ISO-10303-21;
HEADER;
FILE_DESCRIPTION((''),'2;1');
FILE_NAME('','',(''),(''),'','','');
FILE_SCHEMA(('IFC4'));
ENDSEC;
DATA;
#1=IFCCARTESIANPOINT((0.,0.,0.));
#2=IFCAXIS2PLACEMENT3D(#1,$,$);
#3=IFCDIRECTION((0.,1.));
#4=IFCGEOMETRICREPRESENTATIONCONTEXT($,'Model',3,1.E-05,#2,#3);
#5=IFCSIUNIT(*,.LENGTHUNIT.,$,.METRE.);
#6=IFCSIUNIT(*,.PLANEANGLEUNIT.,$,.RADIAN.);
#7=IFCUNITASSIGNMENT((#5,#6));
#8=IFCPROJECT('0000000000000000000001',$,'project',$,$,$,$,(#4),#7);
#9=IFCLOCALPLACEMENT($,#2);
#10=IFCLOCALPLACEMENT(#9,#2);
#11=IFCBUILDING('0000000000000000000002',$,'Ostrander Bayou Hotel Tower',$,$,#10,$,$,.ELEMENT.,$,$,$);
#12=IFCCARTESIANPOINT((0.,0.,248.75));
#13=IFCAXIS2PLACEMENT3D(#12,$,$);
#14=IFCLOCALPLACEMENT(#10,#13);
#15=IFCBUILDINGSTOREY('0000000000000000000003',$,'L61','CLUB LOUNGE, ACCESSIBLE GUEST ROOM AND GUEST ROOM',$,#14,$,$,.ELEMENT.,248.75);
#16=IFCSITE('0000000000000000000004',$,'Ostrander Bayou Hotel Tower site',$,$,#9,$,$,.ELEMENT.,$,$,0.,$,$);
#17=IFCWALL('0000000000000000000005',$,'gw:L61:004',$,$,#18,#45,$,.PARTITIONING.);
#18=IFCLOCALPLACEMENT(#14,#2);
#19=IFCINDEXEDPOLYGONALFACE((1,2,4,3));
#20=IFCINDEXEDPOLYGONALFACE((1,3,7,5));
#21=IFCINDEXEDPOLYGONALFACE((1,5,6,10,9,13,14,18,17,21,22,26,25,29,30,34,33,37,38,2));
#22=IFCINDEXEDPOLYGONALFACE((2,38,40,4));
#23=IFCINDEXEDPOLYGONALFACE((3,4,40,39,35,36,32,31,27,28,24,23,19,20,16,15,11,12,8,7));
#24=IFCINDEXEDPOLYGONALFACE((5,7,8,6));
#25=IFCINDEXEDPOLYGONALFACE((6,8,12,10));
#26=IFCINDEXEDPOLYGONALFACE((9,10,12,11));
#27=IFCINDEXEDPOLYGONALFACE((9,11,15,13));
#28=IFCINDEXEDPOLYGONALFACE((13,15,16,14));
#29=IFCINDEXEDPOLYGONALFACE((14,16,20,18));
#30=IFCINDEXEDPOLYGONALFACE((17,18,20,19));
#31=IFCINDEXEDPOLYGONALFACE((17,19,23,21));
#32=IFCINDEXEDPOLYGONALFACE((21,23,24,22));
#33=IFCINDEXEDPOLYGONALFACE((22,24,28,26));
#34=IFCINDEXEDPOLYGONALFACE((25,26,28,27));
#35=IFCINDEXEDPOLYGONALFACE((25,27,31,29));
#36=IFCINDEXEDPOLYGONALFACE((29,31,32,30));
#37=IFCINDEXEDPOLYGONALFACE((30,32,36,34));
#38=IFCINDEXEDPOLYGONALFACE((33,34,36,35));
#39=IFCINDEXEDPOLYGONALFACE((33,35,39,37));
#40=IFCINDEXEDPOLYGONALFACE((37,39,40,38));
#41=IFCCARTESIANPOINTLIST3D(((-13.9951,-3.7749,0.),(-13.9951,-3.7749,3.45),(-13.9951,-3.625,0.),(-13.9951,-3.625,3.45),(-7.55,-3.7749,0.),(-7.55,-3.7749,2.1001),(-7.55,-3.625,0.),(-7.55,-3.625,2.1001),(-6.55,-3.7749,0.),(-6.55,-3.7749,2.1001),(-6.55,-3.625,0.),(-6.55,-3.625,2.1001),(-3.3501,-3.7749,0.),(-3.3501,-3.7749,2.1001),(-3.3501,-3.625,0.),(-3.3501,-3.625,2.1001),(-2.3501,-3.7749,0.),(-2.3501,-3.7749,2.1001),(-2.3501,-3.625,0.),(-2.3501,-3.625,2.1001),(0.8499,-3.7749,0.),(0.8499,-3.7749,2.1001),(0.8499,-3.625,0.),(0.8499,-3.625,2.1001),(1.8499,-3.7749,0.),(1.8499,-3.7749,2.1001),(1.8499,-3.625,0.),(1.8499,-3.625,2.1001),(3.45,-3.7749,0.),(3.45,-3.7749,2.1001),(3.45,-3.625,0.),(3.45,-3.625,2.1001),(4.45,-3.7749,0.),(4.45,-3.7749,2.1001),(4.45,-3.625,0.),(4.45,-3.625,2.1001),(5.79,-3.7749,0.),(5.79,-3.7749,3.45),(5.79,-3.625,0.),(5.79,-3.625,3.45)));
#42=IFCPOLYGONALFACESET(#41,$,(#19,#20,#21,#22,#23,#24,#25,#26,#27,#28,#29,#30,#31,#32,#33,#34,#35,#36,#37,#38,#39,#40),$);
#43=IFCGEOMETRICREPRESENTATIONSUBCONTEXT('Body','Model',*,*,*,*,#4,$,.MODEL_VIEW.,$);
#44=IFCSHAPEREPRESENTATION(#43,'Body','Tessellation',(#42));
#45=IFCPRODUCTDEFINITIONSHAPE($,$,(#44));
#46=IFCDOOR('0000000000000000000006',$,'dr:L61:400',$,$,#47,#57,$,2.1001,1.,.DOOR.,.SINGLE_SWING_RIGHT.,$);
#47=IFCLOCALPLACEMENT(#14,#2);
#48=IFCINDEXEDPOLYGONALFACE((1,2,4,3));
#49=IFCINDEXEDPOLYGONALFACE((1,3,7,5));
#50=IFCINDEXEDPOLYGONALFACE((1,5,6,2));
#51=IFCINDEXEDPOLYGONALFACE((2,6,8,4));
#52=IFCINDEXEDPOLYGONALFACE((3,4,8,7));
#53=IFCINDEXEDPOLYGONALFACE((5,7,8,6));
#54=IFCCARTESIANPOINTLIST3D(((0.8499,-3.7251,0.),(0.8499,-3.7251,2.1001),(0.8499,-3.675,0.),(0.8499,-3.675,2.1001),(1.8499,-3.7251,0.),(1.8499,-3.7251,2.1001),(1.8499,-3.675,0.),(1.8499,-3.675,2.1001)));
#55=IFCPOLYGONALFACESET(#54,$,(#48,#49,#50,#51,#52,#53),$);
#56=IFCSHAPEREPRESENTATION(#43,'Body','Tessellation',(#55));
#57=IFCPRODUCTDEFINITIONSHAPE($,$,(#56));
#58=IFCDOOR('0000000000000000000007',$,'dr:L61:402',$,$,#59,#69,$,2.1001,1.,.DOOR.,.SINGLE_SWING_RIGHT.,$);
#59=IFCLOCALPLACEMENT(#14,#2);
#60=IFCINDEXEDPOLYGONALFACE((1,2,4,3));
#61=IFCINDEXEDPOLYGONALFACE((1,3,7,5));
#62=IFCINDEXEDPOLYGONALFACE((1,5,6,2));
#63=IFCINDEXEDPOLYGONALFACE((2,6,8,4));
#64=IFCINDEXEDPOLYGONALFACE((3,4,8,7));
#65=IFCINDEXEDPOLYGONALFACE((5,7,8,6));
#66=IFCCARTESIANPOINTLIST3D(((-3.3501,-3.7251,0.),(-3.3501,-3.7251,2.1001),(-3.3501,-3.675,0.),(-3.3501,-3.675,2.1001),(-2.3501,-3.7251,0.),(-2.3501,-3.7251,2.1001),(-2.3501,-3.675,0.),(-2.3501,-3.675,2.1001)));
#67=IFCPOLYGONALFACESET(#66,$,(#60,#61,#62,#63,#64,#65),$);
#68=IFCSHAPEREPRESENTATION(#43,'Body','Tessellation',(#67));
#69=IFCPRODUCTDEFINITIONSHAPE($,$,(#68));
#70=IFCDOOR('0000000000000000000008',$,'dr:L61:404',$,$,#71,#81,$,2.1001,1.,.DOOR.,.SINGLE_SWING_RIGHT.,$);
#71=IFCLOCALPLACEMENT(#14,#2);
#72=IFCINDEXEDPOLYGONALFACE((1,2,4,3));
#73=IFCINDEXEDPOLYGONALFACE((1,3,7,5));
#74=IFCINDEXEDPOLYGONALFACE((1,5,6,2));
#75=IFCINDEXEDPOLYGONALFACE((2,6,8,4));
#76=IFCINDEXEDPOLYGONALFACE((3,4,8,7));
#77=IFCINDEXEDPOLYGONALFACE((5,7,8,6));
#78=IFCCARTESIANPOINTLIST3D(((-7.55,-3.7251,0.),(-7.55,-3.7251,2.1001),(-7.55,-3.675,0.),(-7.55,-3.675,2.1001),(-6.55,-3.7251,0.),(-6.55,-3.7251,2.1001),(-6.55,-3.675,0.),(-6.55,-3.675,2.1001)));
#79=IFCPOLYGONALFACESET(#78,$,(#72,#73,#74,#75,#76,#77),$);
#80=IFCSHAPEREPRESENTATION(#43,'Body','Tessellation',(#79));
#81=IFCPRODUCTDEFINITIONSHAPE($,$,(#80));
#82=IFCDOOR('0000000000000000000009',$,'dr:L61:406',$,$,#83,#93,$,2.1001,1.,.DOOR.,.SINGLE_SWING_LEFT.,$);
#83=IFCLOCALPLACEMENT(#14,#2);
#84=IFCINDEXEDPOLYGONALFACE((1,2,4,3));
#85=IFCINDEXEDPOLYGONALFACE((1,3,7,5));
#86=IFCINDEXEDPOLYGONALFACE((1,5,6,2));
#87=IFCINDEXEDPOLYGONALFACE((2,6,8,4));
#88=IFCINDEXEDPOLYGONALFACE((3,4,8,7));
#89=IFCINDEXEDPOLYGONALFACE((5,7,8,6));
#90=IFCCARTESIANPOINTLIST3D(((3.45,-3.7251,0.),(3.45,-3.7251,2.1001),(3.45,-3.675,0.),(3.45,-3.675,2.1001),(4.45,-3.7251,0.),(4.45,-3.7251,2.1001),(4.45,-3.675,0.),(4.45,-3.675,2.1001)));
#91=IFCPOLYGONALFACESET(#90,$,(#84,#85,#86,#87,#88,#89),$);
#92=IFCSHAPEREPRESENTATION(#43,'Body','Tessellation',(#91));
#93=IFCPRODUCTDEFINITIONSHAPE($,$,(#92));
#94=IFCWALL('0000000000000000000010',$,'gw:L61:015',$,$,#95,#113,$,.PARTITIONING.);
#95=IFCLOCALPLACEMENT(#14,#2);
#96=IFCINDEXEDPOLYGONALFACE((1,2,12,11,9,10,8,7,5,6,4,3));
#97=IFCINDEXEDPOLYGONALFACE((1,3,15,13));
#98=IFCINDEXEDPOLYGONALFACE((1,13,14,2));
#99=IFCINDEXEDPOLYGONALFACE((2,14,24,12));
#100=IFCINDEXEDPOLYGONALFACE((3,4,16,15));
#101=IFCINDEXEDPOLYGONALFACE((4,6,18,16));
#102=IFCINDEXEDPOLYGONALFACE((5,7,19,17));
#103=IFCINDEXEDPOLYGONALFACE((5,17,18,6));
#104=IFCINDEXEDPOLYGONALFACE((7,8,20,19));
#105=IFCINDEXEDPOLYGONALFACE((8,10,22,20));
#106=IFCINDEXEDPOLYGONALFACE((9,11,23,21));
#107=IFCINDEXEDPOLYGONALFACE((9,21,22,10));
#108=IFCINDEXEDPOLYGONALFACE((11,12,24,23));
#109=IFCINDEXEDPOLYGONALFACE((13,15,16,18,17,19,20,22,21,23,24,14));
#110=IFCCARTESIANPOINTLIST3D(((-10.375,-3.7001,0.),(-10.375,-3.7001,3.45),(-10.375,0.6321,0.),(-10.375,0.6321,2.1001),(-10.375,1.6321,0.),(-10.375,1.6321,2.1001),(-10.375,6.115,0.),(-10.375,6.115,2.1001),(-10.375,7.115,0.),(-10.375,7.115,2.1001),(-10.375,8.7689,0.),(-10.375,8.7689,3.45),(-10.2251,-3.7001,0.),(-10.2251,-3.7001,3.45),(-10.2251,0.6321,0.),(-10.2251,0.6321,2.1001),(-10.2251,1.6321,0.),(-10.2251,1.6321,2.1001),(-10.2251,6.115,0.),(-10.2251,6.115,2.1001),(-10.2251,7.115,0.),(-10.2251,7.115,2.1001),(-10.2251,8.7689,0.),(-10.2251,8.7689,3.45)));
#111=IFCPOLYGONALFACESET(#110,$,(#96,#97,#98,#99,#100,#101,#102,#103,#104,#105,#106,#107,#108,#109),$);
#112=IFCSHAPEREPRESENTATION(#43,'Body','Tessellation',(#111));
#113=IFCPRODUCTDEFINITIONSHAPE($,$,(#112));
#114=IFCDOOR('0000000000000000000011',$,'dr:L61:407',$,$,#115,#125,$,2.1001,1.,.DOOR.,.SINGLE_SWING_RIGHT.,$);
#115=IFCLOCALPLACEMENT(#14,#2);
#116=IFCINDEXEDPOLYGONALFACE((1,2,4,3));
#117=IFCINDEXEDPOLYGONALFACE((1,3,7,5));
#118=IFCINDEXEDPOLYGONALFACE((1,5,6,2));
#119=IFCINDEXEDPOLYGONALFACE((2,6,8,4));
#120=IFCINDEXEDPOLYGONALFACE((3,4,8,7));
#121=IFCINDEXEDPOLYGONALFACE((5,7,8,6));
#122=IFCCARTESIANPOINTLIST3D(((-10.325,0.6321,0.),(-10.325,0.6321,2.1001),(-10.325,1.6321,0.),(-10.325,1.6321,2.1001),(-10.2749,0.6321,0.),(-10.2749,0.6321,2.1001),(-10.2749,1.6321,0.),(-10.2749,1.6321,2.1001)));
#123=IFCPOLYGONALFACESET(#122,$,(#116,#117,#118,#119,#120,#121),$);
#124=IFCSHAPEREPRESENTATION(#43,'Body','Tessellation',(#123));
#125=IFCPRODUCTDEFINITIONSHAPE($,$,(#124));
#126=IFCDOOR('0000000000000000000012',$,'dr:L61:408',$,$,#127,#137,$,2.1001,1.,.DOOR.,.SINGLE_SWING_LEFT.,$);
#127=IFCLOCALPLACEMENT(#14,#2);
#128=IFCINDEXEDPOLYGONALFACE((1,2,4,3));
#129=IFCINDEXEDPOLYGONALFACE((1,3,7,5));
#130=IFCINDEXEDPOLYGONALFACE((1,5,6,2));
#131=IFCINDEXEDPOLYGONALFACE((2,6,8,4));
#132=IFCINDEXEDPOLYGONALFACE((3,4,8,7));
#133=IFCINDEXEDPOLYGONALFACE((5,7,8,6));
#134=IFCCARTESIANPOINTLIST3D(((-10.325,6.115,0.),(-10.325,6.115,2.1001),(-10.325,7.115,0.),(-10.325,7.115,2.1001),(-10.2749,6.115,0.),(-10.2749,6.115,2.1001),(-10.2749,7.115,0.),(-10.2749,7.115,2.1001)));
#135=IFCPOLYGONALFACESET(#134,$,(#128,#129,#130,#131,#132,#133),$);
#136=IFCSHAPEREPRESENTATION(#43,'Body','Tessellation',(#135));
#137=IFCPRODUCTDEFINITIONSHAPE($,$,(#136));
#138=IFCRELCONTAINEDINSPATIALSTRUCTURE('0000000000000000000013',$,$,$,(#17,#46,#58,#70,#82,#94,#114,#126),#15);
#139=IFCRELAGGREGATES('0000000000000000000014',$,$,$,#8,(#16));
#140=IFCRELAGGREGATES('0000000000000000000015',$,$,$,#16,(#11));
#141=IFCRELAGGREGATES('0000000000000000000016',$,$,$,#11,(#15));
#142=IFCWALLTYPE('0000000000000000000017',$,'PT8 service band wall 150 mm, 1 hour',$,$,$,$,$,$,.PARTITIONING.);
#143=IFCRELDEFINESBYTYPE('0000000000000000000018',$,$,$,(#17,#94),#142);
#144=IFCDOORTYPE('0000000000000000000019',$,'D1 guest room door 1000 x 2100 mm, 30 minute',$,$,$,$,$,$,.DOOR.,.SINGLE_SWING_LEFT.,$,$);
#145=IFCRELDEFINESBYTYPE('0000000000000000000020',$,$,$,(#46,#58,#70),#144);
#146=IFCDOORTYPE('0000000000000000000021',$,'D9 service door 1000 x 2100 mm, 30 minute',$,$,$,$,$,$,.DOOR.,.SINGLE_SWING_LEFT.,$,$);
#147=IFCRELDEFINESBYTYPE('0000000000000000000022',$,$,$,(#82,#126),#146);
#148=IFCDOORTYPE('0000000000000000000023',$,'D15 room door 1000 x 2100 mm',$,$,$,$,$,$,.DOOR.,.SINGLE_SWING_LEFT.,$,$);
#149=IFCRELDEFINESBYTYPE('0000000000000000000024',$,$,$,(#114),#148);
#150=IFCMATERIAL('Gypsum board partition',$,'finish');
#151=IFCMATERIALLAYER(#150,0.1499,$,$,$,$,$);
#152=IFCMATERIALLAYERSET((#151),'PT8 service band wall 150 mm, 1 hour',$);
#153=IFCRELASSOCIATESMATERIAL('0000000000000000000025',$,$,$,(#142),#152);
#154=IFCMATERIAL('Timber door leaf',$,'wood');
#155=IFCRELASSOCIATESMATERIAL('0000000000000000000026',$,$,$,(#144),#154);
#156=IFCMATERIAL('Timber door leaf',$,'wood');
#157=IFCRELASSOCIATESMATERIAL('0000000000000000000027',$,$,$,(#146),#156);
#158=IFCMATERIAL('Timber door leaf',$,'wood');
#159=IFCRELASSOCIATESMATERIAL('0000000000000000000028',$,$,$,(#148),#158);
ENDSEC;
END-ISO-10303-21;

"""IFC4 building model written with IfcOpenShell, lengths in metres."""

from ifc_helpers import new_model, si_unit, direction, frame, frame_2d, origin, place, context, subcontext, project, spatial, rectangle, extrude, material, layer, layer_set, type_object, element, fill, save


model = new_model("IFC4")

# Units and contexts
model_context = context("Model", 3, precision=1e-05, world=origin(), true_north=direction((0.0, 1.0)))
body_context = subcontext(model_context, "Body", "Model", "MODEL_VIEW")
ifc_project = project(units=[si_unit("LENGTHUNIT", "METRE"), si_unit("PLANEANGLEUNIT", "RADIAN")], contexts=[model_context])

# Site, building, storey
site_placement = place(None, origin())
site = spatial("IfcSite", under=ifc_project, at=site_placement, Name="Ostrander Bayou Hotel Tower site", CompositionType="ELEMENT", RefElevation=0.0)
building_placement = place(site_placement, origin())
building = spatial("IfcBuilding", under=site, at=building_placement, Name="Ostrander Bayou Hotel Tower", CompositionType="ELEMENT")
storey_placement = place(building_placement, frame((0.0, 0.0, 248.75)))
storey = spatial("IfcBuildingStorey", under=building, at=storey_placement, Name="L61", Description="CLUB LOUNGE, ACCESSIBLE GUEST ROOM AND GUEST ROOM", CompositionType="ELEMENT", Elevation=248.75)

# Walls, openings, doors
ifc_material_1 = material(Name="Gypsum board partition", Category="finish")
ifc_layer_1 = layer(ifc_material_1, 0.1499)
ifc_layer_set_1 = layer_set([ifc_layer_1], Name="PT8 service band wall 150 mm, 1 hour")
wall_type_1 = type_object("IfcWallType", Name="PT8 service band wall 150 mm, 1 hour", PredefinedType="PARTITIONING", material=ifc_layer_set_1)
wall_1_placement = place(storey_placement, frame((-13.9951, -3.7, 0.0), z_axis=(0.0, 0.0, 1.0), x_axis=(1.0, 0.0, 0.0)))
wall_1 = element("IfcWall", 1, at=wall_1_placement, inside=storey, type_object=wall_type_1, Name="gw:L61:004", PredefinedType="PARTITIONING", context=body_context, shape_type="SweptSolid", body=[
    extrude(rectangle(XDim=19.7852, YDim=0.1499, at=frame_2d((9.8926, 0.0))), origin(), (0.0, 0.0, 1.0), 3.45),
])
opening_1_placement = place(wall_1_placement, frame((14.845, 0.0, 0.0)))
opening_1 = element("IfcOpeningElement", 2, at=opening_1_placement, cuts=wall_1, PredefinedType="OPENING", context=body_context, shape_type="SweptSolid", body=[
    extrude(rectangle(XDim=1.0, YDim=2.1001, at=frame_2d((0.5, 1.05))), frame((0.0, 0.075, 0.0), z_axis=(0.0, -1.0, 0.0), x_axis=(1.0, 0.0, 0.0)), (0.0, 0.0, 1.0), 0.1499),
])
opening_2_placement = place(wall_1_placement, frame((10.645, 0.0, 0.0)))
opening_2 = element("IfcOpeningElement", 3, at=opening_2_placement, cuts=wall_1, PredefinedType="OPENING", context=body_context, shape_type="SweptSolid", body=[
    extrude(rectangle(XDim=1.0, YDim=2.1001, at=frame_2d((0.5, 1.05))), frame((0.0, 0.075, 0.0), z_axis=(0.0, -1.0, 0.0), x_axis=(1.0, 0.0, 0.0)), (0.0, 0.0, 1.0), 0.1499),
])
opening_3_placement = place(wall_1_placement, frame((6.4451, 0.0, 0.0)))
opening_3 = element("IfcOpeningElement", 4, at=opening_3_placement, cuts=wall_1, PredefinedType="OPENING", context=body_context, shape_type="SweptSolid", body=[
    extrude(rectangle(XDim=1.0, YDim=2.1001, at=frame_2d((0.5, 1.05))), frame((0.0, 0.075, 0.0), z_axis=(0.0, -1.0, 0.0), x_axis=(1.0, 0.0, 0.0)), (0.0, 0.0, 1.0), 0.1499),
])
opening_4_placement = place(wall_1_placement, frame((17.4451, 0.0, 0.0)))
opening_4 = element("IfcOpeningElement", 5, at=opening_4_placement, cuts=wall_1, PredefinedType="OPENING", context=body_context, shape_type="SweptSolid", body=[
    extrude(rectangle(XDim=1.0, YDim=2.1001, at=frame_2d((0.5, 1.05))), frame((0.0, 0.075, 0.0), z_axis=(0.0, -1.0, 0.0), x_axis=(1.0, 0.0, 0.0)), (0.0, 0.0, 1.0), 0.1499),
])
ifc_material_2 = material(Name="Timber door leaf", Category="wood")
door_type_1 = type_object("IfcDoorType", Name="D1 guest room door 1000 x 2100 mm, 30 minute", OperationType="SINGLE_SWING_LEFT", PredefinedType="DOOR", material=ifc_material_2)
door_1_placement = place(opening_1_placement, origin())
door_1 = element("IfcDoor", 6, at=door_1_placement, inside=storey, type_object=door_type_1, Name="dr:L61:400", OperationType="SINGLE_SWING_RIGHT", OverallHeight=2.1001, OverallWidth=1.0, PredefinedType="DOOR", context=body_context, shape_type="SweptSolid", body=[
    extrude(rectangle(XDim=1.0, YDim=2.1001, at=frame_2d((0.5, 1.05))), frame((0.0, 0.0249, 0.0), z_axis=(0.0, -1.0, 0.0), x_axis=(1.0, 0.0, 0.0)), (0.0, 0.0, 1.0), 0.05),
])
fill(opening_1, door_1)
door_2_placement = place(opening_2_placement, origin())
door_2 = element("IfcDoor", 7, at=door_2_placement, inside=storey, type_object=door_type_1, Name="dr:L61:402", OperationType="SINGLE_SWING_RIGHT", OverallHeight=2.1001, OverallWidth=1.0, PredefinedType="DOOR", context=body_context, shape_type="SweptSolid", body=[
    extrude(rectangle(XDim=1.0, YDim=2.1001, at=frame_2d((0.5, 1.05))), frame((0.0, 0.0249, 0.0), z_axis=(0.0, -1.0, 0.0), x_axis=(1.0, 0.0, 0.0)), (0.0, 0.0, 1.0), 0.05),
])
fill(opening_2, door_2)
door_3_placement = place(opening_3_placement, origin())
door_3 = element("IfcDoor", 8, at=door_3_placement, inside=storey, type_object=door_type_1, Name="dr:L61:404", OperationType="SINGLE_SWING_RIGHT", OverallHeight=2.1001, OverallWidth=1.0, PredefinedType="DOOR", context=body_context, shape_type="SweptSolid", body=[
    extrude(rectangle(XDim=1.0, YDim=2.1001, at=frame_2d((0.5, 1.05))), frame((0.0, 0.0249, 0.0), z_axis=(0.0, -1.0, 0.0), x_axis=(1.0, 0.0, 0.0)), (0.0, 0.0, 1.0), 0.05),
])
fill(opening_3, door_3)
ifc_material_3 = material(Name="Timber door leaf", Category="wood")
door_type_2 = type_object("IfcDoorType", Name="D9 service door 1000 x 2100 mm, 30 minute", OperationType="SINGLE_SWING_LEFT", PredefinedType="DOOR", material=ifc_material_3)
door_4_placement = place(opening_4_placement, origin())
door_4 = element("IfcDoor", 9, at=door_4_placement, inside=storey, type_object=door_type_2, Name="dr:L61:406", OperationType="SINGLE_SWING_LEFT", OverallHeight=2.1001, OverallWidth=1.0, PredefinedType="DOOR", context=body_context, shape_type="SweptSolid", body=[
    extrude(rectangle(XDim=1.0, YDim=2.1001, at=frame_2d((0.5, 1.05))), frame((0.0, 0.0249, 0.0), z_axis=(0.0, -1.0, 0.0), x_axis=(1.0, 0.0, 0.0)), (0.0, 0.0, 1.0), 0.05),
])
fill(opening_4, door_4)
wall_2_placement = place(storey_placement, frame((-10.3, -3.7, 0.0), z_axis=(0.0, 0.0, 1.0), x_axis=(0.0, 1.0, 0.0)))
wall_2 = element("IfcWall", 10, at=wall_2_placement, inside=storey, type_object=wall_type_1, Name="gw:L61:015", PredefinedType="PARTITIONING", context=body_context, shape_type="SweptSolid", body=[
    extrude(rectangle(XDim=12.469, YDim=0.1499, at=frame_2d((6.2344, 0.0))), origin(), (0.0, 0.0, 1.0), 3.45),
])
opening_5_placement = place(wall_2_placement, frame((4.332, 0.0, 0.0)))
opening_5 = element("IfcOpeningElement", 11, at=opening_5_placement, cuts=wall_2, PredefinedType="OPENING", context=body_context, shape_type="SweptSolid", body=[
    extrude(rectangle(XDim=1.0, YDim=2.1001, at=frame_2d((0.5, 1.05))), frame((0.0, 0.075, 0.0), z_axis=(0.0, -1.0, 0.0), x_axis=(1.0, 0.0, 0.0)), (0.0, 0.0, 1.0), 0.1499),
])
opening_6_placement = place(wall_2_placement, frame((9.8149, 0.0, 0.0)))
opening_6 = element("IfcOpeningElement", 12, at=opening_6_placement, cuts=wall_2, PredefinedType="OPENING", context=body_context, shape_type="SweptSolid", body=[
    extrude(rectangle(XDim=1.0, YDim=2.1001, at=frame_2d((0.5, 1.05))), frame((0.0, 0.075, 0.0), z_axis=(0.0, -1.0, 0.0), x_axis=(1.0, 0.0, 0.0)), (0.0, 0.0, 1.0), 0.1499),
])
ifc_material_4 = material(Name="Timber door leaf", Category="wood")
door_type_3 = type_object("IfcDoorType", Name="D15 room door 1000 x 2100 mm", OperationType="SINGLE_SWING_LEFT", PredefinedType="DOOR", material=ifc_material_4)
door_5_placement = place(opening_5_placement, origin())
door_5 = element("IfcDoor", 13, at=door_5_placement, inside=storey, type_object=door_type_3, Name="dr:L61:407", OperationType="SINGLE_SWING_RIGHT", OverallHeight=2.1001, OverallWidth=1.0, PredefinedType="DOOR", context=body_context, shape_type="SweptSolid", body=[
    extrude(rectangle(XDim=1.0, YDim=2.1001, at=frame_2d((0.5, 1.05))), frame((0.0, 0.0249, 0.0), z_axis=(0.0, -1.0, 0.0), x_axis=(1.0, 0.0, 0.0)), (0.0, 0.0, 1.0), 0.05),
])
fill(opening_5, door_5)
door_6_placement = place(opening_6_placement, origin())
door_6 = element("IfcDoor", 14, at=door_6_placement, inside=storey, type_object=door_type_2, Name="dr:L61:408", OperationType="SINGLE_SWING_LEFT", OverallHeight=2.1001, OverallWidth=1.0, PredefinedType="DOOR", context=body_context, shape_type="SweptSolid", body=[
    extrude(rectangle(XDim=1.0, YDim=2.1001, at=frame_2d((0.5, 1.05))), frame((0.0, 0.0249, 0.0), z_axis=(0.0, -1.0, 0.0), x_axis=(1.0, 0.0, 0.0)), (0.0, 0.0, 1.0), 0.05),
])
fill(opening_6, door_6)

save(model, "model.ifc")
